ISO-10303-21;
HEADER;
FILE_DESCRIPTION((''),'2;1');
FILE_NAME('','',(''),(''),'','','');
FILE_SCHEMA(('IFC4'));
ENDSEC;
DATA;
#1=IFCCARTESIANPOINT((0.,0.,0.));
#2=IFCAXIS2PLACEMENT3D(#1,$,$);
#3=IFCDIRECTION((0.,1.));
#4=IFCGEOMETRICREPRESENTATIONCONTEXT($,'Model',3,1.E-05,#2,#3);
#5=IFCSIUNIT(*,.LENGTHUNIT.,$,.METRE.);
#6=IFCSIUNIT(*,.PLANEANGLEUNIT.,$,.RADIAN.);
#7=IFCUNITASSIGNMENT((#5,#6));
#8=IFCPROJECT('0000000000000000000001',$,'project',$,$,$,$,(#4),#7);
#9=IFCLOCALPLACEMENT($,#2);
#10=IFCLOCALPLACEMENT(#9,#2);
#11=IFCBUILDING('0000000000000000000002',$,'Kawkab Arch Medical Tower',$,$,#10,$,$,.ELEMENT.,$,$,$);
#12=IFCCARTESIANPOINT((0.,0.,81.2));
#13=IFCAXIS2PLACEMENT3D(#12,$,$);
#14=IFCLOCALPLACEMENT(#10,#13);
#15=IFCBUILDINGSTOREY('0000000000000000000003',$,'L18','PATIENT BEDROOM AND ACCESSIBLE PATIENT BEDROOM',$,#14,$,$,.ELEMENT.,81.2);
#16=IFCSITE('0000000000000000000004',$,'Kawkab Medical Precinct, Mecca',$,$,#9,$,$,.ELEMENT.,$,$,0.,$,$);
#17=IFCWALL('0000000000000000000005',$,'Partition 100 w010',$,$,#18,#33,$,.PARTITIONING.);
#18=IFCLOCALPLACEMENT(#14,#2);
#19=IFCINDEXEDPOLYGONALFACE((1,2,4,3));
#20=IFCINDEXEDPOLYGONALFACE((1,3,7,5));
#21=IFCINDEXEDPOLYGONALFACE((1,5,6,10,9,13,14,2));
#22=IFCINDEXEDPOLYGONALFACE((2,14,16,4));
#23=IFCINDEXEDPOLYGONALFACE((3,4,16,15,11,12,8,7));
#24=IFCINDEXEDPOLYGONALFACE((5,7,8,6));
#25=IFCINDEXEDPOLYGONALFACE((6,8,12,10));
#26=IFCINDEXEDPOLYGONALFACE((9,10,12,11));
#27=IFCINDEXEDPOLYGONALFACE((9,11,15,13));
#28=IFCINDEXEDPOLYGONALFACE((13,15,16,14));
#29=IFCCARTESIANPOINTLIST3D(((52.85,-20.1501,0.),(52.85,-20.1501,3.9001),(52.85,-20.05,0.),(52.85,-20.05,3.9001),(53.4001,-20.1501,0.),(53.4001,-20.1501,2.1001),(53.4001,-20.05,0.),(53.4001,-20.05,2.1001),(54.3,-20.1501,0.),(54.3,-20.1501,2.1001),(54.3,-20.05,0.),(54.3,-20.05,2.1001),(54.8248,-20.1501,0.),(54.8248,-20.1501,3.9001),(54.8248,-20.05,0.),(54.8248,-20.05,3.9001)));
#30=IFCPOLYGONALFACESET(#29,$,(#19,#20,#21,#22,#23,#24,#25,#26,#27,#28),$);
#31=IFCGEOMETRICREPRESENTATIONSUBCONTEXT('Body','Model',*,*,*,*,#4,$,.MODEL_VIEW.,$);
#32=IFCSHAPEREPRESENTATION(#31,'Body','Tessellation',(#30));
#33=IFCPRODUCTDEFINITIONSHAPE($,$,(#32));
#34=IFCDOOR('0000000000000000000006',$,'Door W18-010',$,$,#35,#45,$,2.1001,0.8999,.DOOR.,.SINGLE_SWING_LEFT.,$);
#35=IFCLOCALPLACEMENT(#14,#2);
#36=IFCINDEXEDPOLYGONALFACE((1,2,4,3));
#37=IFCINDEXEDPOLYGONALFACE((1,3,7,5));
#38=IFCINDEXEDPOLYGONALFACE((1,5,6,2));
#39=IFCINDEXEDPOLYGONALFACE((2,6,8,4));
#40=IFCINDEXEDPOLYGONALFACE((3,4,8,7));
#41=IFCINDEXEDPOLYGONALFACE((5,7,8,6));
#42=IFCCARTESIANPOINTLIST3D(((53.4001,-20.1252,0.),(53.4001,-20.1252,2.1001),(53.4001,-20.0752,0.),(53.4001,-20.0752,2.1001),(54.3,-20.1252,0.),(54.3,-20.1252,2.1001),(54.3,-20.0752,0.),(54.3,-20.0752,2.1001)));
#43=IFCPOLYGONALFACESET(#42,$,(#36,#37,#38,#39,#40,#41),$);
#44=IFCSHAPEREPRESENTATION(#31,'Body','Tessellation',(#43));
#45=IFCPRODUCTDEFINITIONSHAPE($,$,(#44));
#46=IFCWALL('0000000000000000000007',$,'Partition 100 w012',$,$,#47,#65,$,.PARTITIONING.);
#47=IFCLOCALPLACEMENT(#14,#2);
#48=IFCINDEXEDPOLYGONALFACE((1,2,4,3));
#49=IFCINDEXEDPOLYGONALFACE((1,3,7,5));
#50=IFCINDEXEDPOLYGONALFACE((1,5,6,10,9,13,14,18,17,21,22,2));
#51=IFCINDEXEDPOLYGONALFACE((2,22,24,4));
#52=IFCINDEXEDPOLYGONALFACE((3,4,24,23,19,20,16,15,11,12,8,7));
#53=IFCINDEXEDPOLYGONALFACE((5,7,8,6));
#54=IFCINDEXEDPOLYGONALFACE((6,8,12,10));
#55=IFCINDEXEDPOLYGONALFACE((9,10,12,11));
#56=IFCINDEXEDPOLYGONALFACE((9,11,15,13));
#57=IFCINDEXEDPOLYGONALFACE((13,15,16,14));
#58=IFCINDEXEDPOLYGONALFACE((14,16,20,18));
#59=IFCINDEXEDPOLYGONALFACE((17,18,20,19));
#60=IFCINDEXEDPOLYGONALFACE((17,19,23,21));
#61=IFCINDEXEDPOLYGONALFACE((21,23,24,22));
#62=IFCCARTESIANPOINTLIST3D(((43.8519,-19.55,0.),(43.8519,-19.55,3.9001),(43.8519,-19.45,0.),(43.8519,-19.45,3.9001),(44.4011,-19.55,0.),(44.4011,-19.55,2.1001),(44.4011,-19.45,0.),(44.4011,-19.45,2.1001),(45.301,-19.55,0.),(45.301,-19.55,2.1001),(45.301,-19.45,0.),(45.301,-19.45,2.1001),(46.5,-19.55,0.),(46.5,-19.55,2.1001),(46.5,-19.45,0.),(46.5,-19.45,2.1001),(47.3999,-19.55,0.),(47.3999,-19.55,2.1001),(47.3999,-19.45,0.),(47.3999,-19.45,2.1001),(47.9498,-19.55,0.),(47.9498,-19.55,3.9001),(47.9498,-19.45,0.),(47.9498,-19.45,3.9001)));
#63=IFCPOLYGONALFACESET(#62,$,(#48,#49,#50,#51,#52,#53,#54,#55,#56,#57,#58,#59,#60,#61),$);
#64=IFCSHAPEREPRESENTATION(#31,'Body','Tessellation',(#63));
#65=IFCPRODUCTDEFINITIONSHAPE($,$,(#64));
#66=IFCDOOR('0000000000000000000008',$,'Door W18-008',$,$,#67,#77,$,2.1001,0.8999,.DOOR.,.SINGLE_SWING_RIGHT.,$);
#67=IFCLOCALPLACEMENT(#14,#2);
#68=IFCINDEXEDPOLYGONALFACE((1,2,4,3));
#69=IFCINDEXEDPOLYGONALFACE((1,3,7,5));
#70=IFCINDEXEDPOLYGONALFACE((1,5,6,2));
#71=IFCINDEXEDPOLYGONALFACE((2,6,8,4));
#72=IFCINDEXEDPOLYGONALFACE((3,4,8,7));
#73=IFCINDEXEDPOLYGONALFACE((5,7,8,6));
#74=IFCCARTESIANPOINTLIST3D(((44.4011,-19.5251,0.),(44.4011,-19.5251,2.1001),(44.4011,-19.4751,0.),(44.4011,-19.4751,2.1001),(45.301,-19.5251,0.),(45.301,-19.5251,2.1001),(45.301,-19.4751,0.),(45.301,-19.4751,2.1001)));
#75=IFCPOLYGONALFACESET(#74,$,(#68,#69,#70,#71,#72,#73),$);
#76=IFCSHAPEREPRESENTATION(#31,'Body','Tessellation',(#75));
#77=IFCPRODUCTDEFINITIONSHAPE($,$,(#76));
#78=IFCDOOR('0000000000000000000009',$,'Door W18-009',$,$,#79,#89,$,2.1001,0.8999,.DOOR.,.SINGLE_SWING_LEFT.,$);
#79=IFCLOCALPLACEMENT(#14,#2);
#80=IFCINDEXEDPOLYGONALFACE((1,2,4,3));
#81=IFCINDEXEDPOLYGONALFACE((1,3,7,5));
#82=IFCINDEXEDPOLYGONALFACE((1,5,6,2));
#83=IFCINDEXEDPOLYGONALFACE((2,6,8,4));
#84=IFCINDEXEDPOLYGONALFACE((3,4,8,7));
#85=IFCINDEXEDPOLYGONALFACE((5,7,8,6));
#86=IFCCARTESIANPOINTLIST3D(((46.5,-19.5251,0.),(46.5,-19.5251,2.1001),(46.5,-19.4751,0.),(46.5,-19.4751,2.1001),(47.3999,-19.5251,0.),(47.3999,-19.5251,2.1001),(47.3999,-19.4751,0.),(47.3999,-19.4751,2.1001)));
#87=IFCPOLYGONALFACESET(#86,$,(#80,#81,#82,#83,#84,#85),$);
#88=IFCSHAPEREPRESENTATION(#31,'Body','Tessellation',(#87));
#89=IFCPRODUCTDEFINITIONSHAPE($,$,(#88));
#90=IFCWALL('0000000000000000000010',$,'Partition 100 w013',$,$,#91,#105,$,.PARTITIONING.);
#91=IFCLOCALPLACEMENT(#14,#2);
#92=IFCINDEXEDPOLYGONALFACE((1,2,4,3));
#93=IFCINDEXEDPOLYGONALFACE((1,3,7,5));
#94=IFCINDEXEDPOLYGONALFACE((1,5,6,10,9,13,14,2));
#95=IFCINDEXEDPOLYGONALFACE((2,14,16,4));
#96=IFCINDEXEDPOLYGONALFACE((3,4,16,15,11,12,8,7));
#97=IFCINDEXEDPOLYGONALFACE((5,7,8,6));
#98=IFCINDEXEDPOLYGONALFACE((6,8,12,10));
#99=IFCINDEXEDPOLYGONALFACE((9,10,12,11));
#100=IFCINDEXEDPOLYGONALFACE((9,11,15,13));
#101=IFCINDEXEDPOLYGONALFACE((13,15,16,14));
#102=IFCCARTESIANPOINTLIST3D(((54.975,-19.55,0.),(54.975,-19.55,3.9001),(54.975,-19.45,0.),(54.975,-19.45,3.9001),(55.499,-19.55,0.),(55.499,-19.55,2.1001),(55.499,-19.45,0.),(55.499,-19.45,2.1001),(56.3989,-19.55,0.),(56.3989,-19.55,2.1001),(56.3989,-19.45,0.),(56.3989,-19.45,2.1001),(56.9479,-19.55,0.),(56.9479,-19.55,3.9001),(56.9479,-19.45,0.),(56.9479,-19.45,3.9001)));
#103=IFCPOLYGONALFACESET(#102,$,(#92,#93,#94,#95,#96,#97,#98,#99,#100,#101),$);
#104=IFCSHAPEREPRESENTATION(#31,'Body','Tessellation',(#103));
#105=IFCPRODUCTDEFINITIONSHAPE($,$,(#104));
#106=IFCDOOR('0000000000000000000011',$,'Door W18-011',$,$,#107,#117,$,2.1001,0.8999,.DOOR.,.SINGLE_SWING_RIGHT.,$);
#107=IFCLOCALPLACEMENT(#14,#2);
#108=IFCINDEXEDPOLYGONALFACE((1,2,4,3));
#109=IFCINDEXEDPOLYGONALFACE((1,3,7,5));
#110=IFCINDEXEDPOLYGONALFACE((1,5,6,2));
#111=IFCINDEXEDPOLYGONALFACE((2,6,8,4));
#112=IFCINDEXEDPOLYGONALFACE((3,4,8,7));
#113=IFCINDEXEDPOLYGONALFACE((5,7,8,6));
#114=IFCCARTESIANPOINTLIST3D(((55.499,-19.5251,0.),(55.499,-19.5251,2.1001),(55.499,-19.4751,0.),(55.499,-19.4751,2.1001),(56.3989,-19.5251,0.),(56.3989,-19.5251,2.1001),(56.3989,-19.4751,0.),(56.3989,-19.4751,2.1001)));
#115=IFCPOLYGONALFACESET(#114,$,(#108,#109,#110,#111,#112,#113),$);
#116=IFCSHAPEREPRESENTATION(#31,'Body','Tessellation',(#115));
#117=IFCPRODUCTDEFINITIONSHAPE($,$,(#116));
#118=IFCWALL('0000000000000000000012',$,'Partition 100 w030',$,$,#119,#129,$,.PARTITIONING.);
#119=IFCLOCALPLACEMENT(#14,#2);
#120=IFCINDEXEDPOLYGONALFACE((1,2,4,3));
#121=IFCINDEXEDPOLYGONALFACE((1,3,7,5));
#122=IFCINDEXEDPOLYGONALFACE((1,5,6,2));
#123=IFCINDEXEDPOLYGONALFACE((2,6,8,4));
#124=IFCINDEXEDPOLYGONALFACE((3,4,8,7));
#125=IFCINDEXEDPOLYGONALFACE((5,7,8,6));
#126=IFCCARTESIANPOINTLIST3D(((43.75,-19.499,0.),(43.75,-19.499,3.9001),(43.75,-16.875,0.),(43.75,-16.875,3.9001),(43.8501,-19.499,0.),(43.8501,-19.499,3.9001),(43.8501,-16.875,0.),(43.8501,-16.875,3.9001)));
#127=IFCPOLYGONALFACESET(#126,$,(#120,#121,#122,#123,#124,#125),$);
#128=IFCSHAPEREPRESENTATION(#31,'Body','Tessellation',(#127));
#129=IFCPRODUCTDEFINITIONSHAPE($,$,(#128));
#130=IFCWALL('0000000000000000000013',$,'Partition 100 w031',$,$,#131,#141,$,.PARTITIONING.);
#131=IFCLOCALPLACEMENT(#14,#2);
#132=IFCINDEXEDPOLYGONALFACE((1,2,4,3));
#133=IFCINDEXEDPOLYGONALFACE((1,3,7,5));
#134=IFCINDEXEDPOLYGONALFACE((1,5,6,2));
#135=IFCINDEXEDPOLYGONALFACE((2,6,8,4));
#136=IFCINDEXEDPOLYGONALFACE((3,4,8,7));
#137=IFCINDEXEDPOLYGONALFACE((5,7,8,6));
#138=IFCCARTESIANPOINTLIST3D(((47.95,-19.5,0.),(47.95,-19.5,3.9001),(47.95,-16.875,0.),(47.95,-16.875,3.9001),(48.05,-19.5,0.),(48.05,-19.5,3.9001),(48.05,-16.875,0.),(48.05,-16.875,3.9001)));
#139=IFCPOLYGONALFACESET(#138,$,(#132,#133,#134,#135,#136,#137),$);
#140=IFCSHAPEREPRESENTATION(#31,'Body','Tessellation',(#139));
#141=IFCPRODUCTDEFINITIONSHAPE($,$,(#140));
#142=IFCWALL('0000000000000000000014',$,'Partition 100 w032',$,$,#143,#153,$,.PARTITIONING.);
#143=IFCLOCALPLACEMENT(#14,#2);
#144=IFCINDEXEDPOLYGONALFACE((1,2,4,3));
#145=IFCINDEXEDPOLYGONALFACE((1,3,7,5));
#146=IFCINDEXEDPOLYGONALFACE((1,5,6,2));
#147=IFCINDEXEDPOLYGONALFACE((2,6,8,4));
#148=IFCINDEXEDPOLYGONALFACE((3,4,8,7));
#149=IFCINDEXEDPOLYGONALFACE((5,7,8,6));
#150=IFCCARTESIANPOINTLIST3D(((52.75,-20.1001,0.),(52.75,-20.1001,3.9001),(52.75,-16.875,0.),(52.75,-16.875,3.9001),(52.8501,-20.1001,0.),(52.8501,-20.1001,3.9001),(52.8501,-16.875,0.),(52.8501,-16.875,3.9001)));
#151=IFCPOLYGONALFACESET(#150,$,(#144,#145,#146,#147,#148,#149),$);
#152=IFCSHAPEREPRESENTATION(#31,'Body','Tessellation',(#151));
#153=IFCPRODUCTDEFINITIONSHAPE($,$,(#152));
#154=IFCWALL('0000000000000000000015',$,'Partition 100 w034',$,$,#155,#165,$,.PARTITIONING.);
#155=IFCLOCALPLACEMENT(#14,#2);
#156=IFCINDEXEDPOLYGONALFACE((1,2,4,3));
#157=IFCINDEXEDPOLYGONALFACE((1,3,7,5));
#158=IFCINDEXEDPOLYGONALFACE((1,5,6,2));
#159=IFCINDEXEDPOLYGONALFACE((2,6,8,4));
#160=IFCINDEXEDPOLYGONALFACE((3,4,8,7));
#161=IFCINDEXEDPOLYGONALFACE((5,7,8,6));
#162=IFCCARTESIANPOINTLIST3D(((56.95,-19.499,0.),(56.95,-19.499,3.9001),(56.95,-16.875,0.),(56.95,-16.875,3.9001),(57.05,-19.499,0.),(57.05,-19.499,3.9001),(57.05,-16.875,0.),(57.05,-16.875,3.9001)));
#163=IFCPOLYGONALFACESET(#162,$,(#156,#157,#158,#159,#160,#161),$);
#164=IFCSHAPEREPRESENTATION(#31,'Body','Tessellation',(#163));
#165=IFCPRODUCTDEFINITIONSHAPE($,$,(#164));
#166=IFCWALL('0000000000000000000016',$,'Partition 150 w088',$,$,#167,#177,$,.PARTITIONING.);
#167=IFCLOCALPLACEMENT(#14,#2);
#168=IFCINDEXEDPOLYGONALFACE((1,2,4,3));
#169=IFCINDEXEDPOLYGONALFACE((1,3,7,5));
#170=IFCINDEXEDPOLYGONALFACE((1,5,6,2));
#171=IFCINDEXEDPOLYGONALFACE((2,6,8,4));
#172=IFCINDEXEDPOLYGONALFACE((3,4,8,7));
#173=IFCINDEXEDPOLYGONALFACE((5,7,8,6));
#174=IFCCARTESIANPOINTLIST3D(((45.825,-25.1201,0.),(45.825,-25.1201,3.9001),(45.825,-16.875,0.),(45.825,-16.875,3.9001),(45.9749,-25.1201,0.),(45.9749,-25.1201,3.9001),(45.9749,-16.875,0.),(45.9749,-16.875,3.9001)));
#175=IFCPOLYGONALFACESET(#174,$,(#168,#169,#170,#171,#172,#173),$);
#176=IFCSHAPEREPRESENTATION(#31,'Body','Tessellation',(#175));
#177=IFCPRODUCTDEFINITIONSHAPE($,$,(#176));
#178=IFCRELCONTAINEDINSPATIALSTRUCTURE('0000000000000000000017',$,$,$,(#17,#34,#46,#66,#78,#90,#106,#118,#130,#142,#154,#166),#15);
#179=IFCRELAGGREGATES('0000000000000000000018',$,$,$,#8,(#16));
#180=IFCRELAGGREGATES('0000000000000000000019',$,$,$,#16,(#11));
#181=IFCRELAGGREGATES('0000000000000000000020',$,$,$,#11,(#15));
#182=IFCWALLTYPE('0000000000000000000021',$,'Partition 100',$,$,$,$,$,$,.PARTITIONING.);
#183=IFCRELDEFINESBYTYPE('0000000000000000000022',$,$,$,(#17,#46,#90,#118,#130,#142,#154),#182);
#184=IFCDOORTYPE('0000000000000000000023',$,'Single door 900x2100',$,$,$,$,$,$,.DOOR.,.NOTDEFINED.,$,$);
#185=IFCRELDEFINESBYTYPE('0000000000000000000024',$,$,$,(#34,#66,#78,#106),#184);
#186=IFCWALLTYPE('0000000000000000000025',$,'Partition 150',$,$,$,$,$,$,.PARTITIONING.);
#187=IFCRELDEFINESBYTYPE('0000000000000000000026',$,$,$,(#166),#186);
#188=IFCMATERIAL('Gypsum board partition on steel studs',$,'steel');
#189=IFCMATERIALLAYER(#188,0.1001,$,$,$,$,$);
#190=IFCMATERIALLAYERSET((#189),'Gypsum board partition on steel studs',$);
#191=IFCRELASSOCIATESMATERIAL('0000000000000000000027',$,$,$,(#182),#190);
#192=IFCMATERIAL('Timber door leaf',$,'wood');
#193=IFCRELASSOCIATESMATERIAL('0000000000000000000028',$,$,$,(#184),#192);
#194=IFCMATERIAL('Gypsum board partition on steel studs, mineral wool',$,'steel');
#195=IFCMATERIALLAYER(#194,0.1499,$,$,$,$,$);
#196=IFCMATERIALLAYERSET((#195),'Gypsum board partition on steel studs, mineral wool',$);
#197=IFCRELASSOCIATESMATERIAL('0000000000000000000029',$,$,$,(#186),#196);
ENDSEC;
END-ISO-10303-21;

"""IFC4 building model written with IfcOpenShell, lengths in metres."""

from ifc_helpers import new_model, si_unit, direction, frame, frame_2d, origin, place, context, subcontext, project, spatial, rectangle, extrude, material, layer, layer_set, type_object, element, fill, save


model = new_model("IFC4")

# Units and contexts
model_context = context("Model", 3, precision=1e-05, world=origin(), true_north=direction((0.0, 1.0)))
body_context = subcontext(model_context, "Body", "Model", "MODEL_VIEW")
ifc_project = project(units=[si_unit("LENGTHUNIT", "METRE"), si_unit("PLANEANGLEUNIT", "RADIAN")], contexts=[model_context])

# Site, building, storey
site_placement = place(None, origin())
site = spatial("IfcSite", under=ifc_project, at=site_placement, Name="Kawkab Medical Precinct, Mecca", CompositionType="ELEMENT", RefElevation=0.0)
building_placement = place(site_placement, origin())
building = spatial("IfcBuilding", under=site, at=building_placement, Name="Kawkab Arch Medical Tower", CompositionType="ELEMENT")
storey_placement = place(building_placement, frame((0.0, 0.0, 81.2)))
storey = spatial("IfcBuildingStorey", under=building, at=storey_placement, Name="L18", Description="PATIENT BEDROOM AND ACCESSIBLE PATIENT BEDROOM", CompositionType="ELEMENT", Elevation=81.2)

# Wall, opening, door
ifc_material_1 = material(Name="Gypsum board partition on steel studs", Category="steel")
ifc_layer_1 = layer(ifc_material_1, 0.1001)
ifc_layer_set_1 = layer_set([ifc_layer_1], Name="Gypsum board partition on steel studs")
wall_type_1 = type_object("IfcWallType", Name="Partition 100", PredefinedType="PARTITIONING", material=ifc_layer_set_1)
wall_1_placement = place(storey_placement, frame((52.8501, -20.1001, 0.0), z_axis=(0.0, 0.0, 1.0), x_axis=(1.0, 0.0, 0.0)))
wall_1 = element("IfcWall", 1, at=wall_1_placement, inside=storey, type_object=wall_type_1, Name="Partition 100 w010", PredefinedType="PARTITIONING", context=body_context, shape_type="SweptSolid", body=[
    extrude(rectangle(XDim=1.9749, YDim=0.1001, at=frame_2d((0.9873, 0.0))), origin(), (0.0, 0.0, 1.0), 3.9001),
])
opening_1_placement = place(wall_1_placement, frame((0.55, 0.0, 0.0)))
opening_1 = element("IfcOpeningElement", 2, at=opening_1_placement, cuts=wall_1, PredefinedType="OPENING", context=body_context, shape_type="SweptSolid", body=[
    extrude(rectangle(XDim=0.8999, YDim=2.1001, at=frame_2d((0.45, 1.05))), frame((0.0, 0.0601, 0.0), z_axis=(0.0, -1.0, 0.0), x_axis=(1.0, 0.0, 0.0)), (0.0, 0.0, 1.0), 0.1201),
])
ifc_material_2 = material(Name="Timber door leaf", Category="wood")
door_type = type_object("IfcDoorType", Name="Single door 900x2100", OperationType="NOTDEFINED", PredefinedType="DOOR", material=ifc_material_2)
door_1_placement = place(opening_1_placement, origin())
door_1 = element("IfcDoor", 3, at=door_1_placement, inside=storey, type_object=door_type, Name="Door W18-010", OperationType="SINGLE_SWING_LEFT", OverallHeight=2.1001, OverallWidth=0.8999, PredefinedType="DOOR", context=body_context, shape_type="SweptSolid", body=[
    extrude(rectangle(XDim=0.8999, YDim=2.1001, at=frame_2d((0.45, 1.05))), frame((0.0, 0.0249, 0.0), z_axis=(0.0, -1.0, 0.0), x_axis=(1.0, 0.0, 0.0)), (0.0, 0.0, 1.0), 0.05),
])
fill(opening_1, door_1)

# Wall, openings, doors
wall_2_placement = place(storey_placement, frame((43.8521, -19.5, 0.0), z_axis=(0.0, 0.0, 1.0), x_axis=(1.0, 0.0, 0.0)))
wall_2 = element("IfcWall", 4, at=wall_2_placement, inside=storey, type_object=wall_type_1, Name="Partition 100 w012", PredefinedType="PARTITIONING", context=body_context, shape_type="SweptSolid", body=[
    extrude(rectangle(XDim=4.0979, YDim=0.1001, at=frame_2d((2.0488, 0.0))), origin(), (0.0, 0.0, 1.0), 3.9001),
])
opening_2_placement = place(wall_2_placement, frame((0.5491, 0.0, 0.0)))
opening_2 = element("IfcOpeningElement", 5, at=opening_2_placement, cuts=wall_2, PredefinedType="OPENING", context=body_context, shape_type="SweptSolid", body=[
    extrude(rectangle(XDim=0.8999, YDim=2.1001, at=frame_2d((0.45, 1.05))), frame((0.0, 0.0601, 0.0), z_axis=(0.0, -1.0, 0.0), x_axis=(1.0, 0.0, 0.0)), (0.0, 0.0, 1.0), 0.1201),
])
opening_3_placement = place(wall_2_placement, frame((2.6479, 0.0, 0.0)))
opening_3 = element("IfcOpeningElement", 6, at=opening_3_placement, cuts=wall_2, PredefinedType="OPENING", context=body_context, shape_type="SweptSolid", body=[
    extrude(rectangle(XDim=0.8999, YDim=2.1001, at=frame_2d((0.45, 1.05))), frame((0.0, 0.0601, 0.0), z_axis=(0.0, -1.0, 0.0), x_axis=(1.0, 0.0, 0.0)), (0.0, 0.0, 1.0), 0.1201),
])
door_2_placement = place(opening_2_placement, origin())
door_2 = element("IfcDoor", 7, at=door_2_placement, inside=storey, type_object=door_type, Name="Door W18-008", OperationType="SINGLE_SWING_RIGHT", OverallHeight=2.1001, OverallWidth=0.8999, PredefinedType="DOOR", context=body_context, shape_type="SweptSolid", body=[
    extrude(rectangle(XDim=0.8999, YDim=2.1001, at=frame_2d((0.45, 1.05))), frame((0.0, 0.0249, 0.0), z_axis=(0.0, -1.0, 0.0), x_axis=(1.0, 0.0, 0.0)), (0.0, 0.0, 1.0), 0.05),
])
fill(opening_2, door_2)
door_3_placement = place(opening_3_placement, origin())
door_3 = element("IfcDoor", 8, at=door_3_placement, inside=storey, type_object=door_type, Name="Door W18-009", OperationType="SINGLE_SWING_LEFT", OverallHeight=2.1001, OverallWidth=0.8999, PredefinedType="DOOR", context=body_context, shape_type="SweptSolid", body=[
    extrude(rectangle(XDim=0.8999, YDim=2.1001, at=frame_2d((0.45, 1.05))), frame((0.0, 0.0249, 0.0), z_axis=(0.0, -1.0, 0.0), x_axis=(1.0, 0.0, 0.0)), (0.0, 0.0, 1.0), 0.05),
])
fill(opening_3, door_3)

# Wall, opening, door
wall_3_placement = place(storey_placement, frame((54.9751, -19.5, 0.0), z_axis=(0.0, 0.0, 1.0), x_axis=(1.0, 0.0, 0.0)))
wall_3 = element("IfcWall", 9, at=wall_3_placement, inside=storey, type_object=wall_type_1, Name="Partition 100 w013", PredefinedType="PARTITIONING", context=body_context, shape_type="SweptSolid", body=[
    extrude(rectangle(XDim=1.9729, YDim=0.1001, at=frame_2d((0.9863, 0.0))), origin(), (0.0, 0.0, 1.0), 3.9001),
])
opening_4_placement = place(wall_3_placement, frame((0.5239, 0.0, 0.0)))
opening_4 = element("IfcOpeningElement", 10, at=opening_4_placement, cuts=wall_3, PredefinedType="OPENING", context=body_context, shape_type="SweptSolid", body=[
    extrude(rectangle(XDim=0.8999, YDim=2.1001, at=frame_2d((0.45, 1.05))), frame((0.0, 0.0601, 0.0), z_axis=(0.0, -1.0, 0.0), x_axis=(1.0, 0.0, 0.0)), (0.0, 0.0, 1.0), 0.1201),
])
door_4_placement = place(opening_4_placement, origin())
door_4 = element("IfcDoor", 11, at=door_4_placement, inside=storey, type_object=door_type, Name="Door W18-011", OperationType="SINGLE_SWING_RIGHT", OverallHeight=2.1001, OverallWidth=0.8999, PredefinedType="DOOR", context=body_context, shape_type="SweptSolid", body=[
    extrude(rectangle(XDim=0.8999, YDim=2.1001, at=frame_2d((0.45, 1.05))), frame((0.0, 0.0249, 0.0), z_axis=(0.0, -1.0, 0.0), x_axis=(1.0, 0.0, 0.0)), (0.0, 0.0, 1.0), 0.05),
])
fill(opening_4, door_4)

# Walls
wall_4_placement = place(storey_placement, frame((43.8, -19.499, 0.0), z_axis=(0.0, 0.0, 1.0), x_axis=(0.0, 1.0, 0.0)))
element("IfcWall", 12, at=wall_4_placement, inside=storey, type_object=wall_type_1, Name="Partition 100 w030", PredefinedType="PARTITIONING", context=body_context, shape_type="SweptSolid", body=[
    extrude(rectangle(XDim=2.624, YDim=0.1001, at=frame_2d((1.312, 0.0))), origin(), (0.0, 0.0, 1.0), 3.9001),
])
wall_5_placement = place(storey_placement, frame((48.0, -19.5, 0.0), z_axis=(0.0, 0.0, 1.0), x_axis=(0.0, 1.0, 0.0)))
element("IfcWall", 13, at=wall_5_placement, inside=storey, type_object=wall_type_1, Name="Partition 100 w031", PredefinedType="PARTITIONING", context=body_context, shape_type="SweptSolid", body=[
    extrude(rectangle(XDim=2.625, YDim=0.1001, at=frame_2d((1.3125, 0.0))), origin(), (0.0, 0.0, 1.0), 3.9001),
])
wall_6_placement = place(storey_placement, frame((52.8, -20.1001, 0.0), z_axis=(0.0, 0.0, 1.0), x_axis=(0.0, 1.0, 0.0)))
element("IfcWall", 14, at=wall_6_placement, inside=storey, type_object=wall_type_1, Name="Partition 100 w032", PredefinedType="PARTITIONING", context=body_context, shape_type="SweptSolid", body=[
    extrude(rectangle(XDim=3.2251, YDim=0.1001, at=frame_2d((1.6125, 0.0))), origin(), (0.0, 0.0, 1.0), 3.9001),
])
wall_7_placement = place(storey_placement, frame((57.0, -19.499, 0.0), z_axis=(0.0, 0.0, 1.0), x_axis=(0.0, 1.0, 0.0)))
element("IfcWall", 15, at=wall_7_placement, inside=storey, type_object=wall_type_1, Name="Partition 100 w034", PredefinedType="PARTITIONING", context=body_context, shape_type="SweptSolid", body=[
    extrude(rectangle(XDim=2.624, YDim=0.1001, at=frame_2d((1.312, 0.0))), origin(), (0.0, 0.0, 1.0), 3.9001),
])
ifc_material_3 = material(Name="Gypsum board partition on steel studs, mineral wool", Category="steel")
ifc_layer_2 = layer(ifc_material_3, 0.1499)
ifc_layer_set_2 = layer_set([ifc_layer_2], Name="Gypsum board partition on steel studs, mineral wool")
wall_type_2 = type_object("IfcWallType", Name="Partition 150", PredefinedType="PARTITIONING", material=ifc_layer_set_2)
for number, where, z_axis, x_axis, name in (
    (16, (45.8999, -25.1201, 0.0), (0.0, 0.0, 1.0), (0.0, 1.0, 0.0), "Partition 150 w088"),
):
    element("IfcWall", number, at=place(storey_placement, frame(where, z_axis=z_axis, x_axis=x_axis)), inside=storey, type_object=wall_type_2, Name=name, PredefinedType="PARTITIONING", context=body_context, shape_type="SweptSolid", body=[
        extrude(rectangle(XDim=8.2451, YDim=0.1499, at=frame_2d((4.1226, 0.0))), origin(), (0.0, 0.0, 1.0), 3.9001),
    ])

save(model, "model.ifc")
